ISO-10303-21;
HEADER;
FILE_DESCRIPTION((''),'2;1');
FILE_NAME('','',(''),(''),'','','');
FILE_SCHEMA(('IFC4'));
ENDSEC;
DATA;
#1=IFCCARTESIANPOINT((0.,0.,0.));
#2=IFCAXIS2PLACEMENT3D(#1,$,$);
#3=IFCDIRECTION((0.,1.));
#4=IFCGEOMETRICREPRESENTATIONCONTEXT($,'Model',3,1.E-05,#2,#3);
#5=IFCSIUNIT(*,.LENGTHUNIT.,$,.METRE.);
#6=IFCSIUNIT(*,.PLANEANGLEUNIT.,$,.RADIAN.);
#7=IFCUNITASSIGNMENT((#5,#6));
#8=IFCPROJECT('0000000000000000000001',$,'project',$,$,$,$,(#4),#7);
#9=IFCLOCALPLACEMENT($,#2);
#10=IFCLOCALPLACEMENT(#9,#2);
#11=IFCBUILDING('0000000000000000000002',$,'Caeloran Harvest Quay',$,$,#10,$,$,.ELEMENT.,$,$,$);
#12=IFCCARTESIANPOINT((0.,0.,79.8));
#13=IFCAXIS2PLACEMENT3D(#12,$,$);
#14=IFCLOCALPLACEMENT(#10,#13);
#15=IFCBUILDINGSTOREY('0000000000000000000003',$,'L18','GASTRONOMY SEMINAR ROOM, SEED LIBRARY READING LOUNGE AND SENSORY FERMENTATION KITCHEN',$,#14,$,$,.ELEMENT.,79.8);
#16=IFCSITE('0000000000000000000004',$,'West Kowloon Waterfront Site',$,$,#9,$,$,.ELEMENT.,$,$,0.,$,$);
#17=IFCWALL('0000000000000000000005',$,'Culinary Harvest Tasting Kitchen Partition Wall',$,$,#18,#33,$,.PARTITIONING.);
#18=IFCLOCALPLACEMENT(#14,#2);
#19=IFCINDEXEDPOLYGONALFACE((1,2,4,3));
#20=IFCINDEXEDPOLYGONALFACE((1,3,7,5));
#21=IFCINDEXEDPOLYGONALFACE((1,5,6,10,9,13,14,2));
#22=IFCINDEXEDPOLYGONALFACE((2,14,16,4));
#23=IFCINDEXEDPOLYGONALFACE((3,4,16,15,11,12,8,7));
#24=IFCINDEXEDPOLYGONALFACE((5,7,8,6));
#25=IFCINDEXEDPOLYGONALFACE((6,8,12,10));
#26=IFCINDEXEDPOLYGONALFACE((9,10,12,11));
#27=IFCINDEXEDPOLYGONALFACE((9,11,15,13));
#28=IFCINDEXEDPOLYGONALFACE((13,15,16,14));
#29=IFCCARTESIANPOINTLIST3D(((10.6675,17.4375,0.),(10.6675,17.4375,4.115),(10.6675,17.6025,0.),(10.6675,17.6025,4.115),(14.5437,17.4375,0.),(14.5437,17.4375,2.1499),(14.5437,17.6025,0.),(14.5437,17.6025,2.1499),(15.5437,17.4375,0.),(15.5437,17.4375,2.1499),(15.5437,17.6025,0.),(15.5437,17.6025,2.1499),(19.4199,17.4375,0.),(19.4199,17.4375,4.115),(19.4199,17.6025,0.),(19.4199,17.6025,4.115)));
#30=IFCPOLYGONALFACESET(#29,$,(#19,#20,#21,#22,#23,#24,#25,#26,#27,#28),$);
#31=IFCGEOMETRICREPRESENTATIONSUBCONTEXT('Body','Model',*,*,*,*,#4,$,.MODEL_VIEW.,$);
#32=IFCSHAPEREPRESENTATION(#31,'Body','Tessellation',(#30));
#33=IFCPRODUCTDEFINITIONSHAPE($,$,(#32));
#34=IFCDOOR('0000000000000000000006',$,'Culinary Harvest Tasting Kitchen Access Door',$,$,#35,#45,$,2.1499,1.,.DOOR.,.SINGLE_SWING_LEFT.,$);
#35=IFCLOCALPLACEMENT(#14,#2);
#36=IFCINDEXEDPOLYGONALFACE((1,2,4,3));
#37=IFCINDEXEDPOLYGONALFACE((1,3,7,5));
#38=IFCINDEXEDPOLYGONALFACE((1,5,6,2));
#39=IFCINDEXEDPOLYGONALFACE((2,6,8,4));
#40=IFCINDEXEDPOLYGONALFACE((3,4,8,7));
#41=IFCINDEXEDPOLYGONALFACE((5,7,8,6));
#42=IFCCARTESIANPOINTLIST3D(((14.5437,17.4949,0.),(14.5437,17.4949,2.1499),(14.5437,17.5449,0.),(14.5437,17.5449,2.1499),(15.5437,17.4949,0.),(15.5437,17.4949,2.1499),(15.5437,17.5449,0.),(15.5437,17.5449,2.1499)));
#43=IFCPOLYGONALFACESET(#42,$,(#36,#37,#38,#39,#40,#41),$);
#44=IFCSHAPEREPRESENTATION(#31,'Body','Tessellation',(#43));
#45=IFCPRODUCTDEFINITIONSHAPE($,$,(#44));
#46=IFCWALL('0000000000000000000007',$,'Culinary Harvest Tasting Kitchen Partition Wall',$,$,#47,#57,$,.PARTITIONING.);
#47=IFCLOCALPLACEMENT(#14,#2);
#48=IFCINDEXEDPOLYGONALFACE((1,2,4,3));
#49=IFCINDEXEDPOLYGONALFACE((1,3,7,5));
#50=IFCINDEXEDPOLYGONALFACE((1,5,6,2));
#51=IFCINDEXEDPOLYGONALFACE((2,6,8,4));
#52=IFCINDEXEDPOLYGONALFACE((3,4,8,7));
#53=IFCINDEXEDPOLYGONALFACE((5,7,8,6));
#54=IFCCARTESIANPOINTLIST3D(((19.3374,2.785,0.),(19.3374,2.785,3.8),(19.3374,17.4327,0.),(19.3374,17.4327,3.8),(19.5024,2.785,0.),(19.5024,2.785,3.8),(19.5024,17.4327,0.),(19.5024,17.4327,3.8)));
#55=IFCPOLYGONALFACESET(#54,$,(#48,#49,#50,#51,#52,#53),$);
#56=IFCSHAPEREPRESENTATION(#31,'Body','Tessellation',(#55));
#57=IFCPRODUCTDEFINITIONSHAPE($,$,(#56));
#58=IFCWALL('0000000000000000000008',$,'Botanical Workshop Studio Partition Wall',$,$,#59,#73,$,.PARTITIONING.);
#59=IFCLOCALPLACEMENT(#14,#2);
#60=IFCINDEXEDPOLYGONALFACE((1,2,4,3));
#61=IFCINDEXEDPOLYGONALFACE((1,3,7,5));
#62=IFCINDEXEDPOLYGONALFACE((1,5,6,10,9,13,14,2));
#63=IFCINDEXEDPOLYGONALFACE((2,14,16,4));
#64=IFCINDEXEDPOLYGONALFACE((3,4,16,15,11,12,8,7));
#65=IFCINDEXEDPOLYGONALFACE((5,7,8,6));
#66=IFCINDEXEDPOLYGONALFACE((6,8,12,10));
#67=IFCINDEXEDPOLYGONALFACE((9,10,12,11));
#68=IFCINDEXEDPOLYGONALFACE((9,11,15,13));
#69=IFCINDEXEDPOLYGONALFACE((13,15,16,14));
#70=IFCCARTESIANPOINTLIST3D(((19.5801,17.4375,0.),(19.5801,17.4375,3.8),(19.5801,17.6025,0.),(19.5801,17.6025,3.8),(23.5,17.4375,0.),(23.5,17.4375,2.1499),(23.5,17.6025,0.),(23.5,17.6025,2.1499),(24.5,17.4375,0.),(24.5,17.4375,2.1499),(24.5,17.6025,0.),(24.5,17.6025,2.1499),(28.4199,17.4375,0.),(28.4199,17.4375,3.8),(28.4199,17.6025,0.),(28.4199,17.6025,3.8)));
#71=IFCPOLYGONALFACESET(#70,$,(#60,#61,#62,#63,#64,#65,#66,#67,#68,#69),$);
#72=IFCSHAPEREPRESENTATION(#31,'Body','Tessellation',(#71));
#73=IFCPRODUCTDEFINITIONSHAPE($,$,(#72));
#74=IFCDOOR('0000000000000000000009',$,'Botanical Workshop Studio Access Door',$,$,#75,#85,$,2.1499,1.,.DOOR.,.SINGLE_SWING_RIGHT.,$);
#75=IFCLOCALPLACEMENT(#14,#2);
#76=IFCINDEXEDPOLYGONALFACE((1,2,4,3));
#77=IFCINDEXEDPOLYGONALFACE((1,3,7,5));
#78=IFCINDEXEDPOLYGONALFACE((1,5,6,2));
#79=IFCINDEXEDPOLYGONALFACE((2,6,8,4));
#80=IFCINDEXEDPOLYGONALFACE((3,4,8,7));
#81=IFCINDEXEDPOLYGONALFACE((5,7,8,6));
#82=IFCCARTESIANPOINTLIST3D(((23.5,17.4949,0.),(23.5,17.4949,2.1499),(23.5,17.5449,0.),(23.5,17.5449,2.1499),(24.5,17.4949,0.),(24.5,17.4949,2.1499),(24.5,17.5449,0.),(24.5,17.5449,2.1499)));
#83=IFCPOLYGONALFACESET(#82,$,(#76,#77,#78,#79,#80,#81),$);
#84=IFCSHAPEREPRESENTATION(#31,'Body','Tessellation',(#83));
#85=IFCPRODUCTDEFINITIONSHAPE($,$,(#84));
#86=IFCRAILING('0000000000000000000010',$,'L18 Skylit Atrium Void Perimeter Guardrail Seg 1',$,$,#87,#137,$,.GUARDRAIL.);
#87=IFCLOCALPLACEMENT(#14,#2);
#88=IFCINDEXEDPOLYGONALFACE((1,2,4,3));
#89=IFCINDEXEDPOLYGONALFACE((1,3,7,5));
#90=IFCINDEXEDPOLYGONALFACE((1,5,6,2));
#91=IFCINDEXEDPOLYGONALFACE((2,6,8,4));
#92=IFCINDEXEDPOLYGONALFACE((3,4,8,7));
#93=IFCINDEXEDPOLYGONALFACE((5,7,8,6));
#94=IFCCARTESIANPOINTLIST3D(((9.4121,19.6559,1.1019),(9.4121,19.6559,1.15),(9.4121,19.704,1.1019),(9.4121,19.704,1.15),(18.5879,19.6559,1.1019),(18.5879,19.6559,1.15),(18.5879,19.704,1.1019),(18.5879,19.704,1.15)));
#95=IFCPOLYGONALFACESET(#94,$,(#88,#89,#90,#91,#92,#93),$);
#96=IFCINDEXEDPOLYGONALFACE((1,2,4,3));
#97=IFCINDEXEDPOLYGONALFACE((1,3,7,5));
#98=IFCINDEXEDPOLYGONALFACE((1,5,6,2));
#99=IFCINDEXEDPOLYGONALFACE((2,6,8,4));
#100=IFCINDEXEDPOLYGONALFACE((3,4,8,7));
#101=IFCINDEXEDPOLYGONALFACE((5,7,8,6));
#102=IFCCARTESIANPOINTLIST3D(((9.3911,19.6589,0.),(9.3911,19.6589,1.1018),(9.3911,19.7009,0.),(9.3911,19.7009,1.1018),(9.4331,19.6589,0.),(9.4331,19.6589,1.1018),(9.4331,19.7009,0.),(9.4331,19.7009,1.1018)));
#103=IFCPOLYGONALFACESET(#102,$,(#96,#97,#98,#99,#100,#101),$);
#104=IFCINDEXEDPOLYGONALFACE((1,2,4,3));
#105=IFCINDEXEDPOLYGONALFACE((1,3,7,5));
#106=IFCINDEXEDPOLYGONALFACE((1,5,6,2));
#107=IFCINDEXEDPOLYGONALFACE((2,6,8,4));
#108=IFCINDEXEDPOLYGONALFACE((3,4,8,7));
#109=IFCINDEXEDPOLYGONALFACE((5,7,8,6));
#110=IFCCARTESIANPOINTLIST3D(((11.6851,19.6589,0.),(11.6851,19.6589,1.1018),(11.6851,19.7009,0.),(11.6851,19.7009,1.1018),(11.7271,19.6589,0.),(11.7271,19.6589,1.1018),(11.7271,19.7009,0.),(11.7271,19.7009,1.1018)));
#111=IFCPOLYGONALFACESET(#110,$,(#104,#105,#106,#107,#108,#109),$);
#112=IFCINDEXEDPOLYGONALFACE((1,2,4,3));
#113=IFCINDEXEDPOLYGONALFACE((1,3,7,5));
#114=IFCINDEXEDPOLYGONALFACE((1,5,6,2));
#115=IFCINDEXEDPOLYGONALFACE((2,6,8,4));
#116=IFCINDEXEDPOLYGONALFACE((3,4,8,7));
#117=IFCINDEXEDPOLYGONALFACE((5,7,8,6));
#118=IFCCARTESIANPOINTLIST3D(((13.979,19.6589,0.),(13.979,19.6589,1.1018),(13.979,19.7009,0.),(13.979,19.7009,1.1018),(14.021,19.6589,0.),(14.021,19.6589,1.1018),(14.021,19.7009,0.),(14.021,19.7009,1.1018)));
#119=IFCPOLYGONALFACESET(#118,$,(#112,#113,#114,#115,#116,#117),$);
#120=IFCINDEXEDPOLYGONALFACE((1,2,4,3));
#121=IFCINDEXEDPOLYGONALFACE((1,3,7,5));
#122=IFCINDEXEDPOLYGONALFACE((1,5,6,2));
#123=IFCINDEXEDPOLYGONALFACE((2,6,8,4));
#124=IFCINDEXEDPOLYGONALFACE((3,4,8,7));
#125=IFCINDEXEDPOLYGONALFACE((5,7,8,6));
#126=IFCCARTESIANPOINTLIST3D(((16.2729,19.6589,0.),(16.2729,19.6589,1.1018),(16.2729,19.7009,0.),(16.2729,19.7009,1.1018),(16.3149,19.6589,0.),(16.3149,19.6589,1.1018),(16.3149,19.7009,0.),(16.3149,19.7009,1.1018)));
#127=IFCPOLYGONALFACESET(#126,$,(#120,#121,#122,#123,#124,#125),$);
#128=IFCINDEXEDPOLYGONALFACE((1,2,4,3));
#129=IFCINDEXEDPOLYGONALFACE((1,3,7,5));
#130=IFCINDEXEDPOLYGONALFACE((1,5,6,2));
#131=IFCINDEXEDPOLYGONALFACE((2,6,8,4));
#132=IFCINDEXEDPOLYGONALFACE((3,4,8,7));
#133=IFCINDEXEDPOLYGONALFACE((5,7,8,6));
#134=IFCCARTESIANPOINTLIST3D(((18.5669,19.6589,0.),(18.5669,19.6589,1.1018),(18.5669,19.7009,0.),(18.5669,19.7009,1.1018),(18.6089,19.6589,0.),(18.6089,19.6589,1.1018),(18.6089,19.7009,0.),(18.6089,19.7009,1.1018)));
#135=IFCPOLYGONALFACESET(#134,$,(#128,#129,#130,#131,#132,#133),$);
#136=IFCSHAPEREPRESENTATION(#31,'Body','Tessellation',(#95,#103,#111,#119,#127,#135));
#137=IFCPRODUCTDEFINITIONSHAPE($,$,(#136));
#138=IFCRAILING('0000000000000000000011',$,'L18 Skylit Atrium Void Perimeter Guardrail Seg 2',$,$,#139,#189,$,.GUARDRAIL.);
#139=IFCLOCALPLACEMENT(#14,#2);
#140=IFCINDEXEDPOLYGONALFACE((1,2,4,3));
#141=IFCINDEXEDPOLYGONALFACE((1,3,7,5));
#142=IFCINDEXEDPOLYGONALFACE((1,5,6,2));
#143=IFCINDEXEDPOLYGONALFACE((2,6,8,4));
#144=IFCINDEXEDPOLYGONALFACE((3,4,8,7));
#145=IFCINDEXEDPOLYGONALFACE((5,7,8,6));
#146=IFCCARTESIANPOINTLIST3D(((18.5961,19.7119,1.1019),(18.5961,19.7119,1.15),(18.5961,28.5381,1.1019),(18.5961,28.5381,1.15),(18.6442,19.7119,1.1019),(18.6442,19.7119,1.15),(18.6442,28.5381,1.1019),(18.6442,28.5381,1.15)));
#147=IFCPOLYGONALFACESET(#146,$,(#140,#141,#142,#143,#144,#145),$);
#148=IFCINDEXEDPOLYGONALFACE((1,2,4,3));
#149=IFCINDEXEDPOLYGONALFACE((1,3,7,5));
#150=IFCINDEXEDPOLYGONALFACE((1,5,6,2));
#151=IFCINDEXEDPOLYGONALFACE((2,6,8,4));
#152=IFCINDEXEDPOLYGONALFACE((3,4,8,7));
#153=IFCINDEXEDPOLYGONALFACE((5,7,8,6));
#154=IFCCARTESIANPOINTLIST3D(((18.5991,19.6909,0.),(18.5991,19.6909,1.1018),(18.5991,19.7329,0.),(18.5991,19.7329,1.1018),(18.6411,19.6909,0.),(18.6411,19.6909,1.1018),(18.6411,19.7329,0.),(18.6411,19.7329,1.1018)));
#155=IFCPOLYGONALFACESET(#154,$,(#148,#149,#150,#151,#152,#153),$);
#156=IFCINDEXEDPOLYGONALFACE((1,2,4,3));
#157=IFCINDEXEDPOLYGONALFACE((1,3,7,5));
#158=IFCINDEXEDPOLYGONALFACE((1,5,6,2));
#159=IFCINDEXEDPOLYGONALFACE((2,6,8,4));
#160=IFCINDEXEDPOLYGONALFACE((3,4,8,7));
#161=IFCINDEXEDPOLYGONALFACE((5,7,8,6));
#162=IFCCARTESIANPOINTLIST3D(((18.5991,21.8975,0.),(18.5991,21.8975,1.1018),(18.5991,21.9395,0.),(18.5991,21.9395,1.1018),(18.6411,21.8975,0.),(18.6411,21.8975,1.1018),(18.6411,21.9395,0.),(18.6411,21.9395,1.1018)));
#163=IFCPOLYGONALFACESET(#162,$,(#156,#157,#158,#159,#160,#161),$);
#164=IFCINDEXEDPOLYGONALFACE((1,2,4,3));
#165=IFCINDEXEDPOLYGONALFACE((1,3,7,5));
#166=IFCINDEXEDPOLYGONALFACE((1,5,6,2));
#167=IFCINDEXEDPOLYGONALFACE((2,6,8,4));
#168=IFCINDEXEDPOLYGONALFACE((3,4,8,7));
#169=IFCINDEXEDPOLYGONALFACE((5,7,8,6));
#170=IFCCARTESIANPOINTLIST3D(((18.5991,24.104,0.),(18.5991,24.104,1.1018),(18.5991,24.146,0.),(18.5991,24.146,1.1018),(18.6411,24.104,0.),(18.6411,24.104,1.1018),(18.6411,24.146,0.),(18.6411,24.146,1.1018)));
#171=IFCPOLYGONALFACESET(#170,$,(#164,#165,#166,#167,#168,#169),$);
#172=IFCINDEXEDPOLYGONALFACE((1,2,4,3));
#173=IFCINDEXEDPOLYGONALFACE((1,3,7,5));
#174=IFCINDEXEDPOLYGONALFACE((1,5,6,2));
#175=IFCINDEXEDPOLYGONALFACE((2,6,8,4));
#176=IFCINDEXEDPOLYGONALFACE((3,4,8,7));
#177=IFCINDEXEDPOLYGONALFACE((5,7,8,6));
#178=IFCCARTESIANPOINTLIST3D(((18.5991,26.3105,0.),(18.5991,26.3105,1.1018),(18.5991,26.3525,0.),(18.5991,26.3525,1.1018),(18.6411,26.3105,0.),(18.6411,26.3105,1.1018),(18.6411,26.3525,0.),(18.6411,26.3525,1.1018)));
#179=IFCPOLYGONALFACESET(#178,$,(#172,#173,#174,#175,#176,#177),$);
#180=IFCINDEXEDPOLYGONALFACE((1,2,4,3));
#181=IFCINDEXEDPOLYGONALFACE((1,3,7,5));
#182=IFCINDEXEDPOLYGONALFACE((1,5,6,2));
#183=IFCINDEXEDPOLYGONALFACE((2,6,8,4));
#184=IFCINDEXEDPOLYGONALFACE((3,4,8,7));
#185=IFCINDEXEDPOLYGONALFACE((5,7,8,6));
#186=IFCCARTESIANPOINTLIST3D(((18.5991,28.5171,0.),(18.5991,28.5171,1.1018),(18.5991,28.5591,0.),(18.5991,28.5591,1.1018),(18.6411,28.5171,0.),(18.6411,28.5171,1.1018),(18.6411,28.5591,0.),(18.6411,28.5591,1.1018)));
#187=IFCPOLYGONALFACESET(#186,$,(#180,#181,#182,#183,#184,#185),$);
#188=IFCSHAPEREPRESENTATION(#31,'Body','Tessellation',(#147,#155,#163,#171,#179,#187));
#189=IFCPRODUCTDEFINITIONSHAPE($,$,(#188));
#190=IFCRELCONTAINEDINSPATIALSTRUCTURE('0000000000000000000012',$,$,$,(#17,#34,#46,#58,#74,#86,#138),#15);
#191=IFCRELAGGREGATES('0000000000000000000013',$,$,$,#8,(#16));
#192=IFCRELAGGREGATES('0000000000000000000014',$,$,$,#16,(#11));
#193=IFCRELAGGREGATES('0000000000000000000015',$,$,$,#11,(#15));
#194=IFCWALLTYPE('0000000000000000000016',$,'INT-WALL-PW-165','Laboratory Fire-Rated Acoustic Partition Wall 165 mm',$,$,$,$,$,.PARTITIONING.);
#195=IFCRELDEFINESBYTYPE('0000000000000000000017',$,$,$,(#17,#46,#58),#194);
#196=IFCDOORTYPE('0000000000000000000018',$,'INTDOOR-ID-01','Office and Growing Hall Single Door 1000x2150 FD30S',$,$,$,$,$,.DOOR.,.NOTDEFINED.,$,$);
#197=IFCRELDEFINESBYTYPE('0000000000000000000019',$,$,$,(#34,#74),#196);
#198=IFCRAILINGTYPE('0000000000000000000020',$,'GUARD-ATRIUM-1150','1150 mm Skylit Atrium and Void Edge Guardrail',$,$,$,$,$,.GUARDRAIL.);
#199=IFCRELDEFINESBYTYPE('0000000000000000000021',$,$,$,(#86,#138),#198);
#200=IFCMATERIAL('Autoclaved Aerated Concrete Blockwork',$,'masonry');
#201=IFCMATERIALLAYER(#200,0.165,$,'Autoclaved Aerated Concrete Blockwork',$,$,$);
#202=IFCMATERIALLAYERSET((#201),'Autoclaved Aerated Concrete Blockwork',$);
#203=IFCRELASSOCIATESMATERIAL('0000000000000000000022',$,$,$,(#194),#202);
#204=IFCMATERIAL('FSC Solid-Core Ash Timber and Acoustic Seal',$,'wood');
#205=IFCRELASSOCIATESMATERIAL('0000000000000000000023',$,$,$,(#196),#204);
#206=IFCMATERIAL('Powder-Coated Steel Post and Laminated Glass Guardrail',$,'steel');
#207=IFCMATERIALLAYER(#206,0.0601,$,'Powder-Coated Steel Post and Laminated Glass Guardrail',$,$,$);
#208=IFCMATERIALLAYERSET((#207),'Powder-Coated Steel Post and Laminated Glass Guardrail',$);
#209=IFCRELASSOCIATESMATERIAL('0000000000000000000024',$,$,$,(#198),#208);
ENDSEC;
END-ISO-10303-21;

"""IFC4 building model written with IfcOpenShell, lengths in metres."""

from ifc_helpers import new_model, si_unit, direction, frame, frame_2d, origin, origin_2d, place, context, subcontext, project, spatial, rectangle, extrude, material, layer, layer_set, type_object, element, fill, save


model = new_model("IFC4")

# Units and contexts
model_context = context("Model", 3, precision=1e-05, world=origin(), true_north=direction((0.0, 1.0)))
body_context = subcontext(model_context, "Body", "Model", "MODEL_VIEW")
ifc_project = project(units=[si_unit("LENGTHUNIT", "METRE"), si_unit("PLANEANGLEUNIT", "RADIAN")], contexts=[model_context])

# Site, building, storey
site_placement = place(None, origin())
site = spatial("IfcSite", under=ifc_project, at=site_placement, Name="West Kowloon Waterfront Site", CompositionType="ELEMENT", RefElevation=0.0)
building_placement = place(site_placement, origin())
building = spatial("IfcBuilding", under=site, at=building_placement, Name="Caeloran Harvest Quay", CompositionType="ELEMENT")
storey_placement = place(building_placement, frame((0.0, 0.0, 79.8)))
storey = spatial("IfcBuildingStorey", under=building, at=storey_placement, Name="L18", Description="GASTRONOMY SEMINAR ROOM, SEED LIBRARY READING LOUNGE AND SENSORY FERMENTATION KITCHEN", CompositionType="ELEMENT", Elevation=79.8)

# Wall, opening, door
ifc_material_1 = material(Name="Autoclaved Aerated Concrete Blockwork", Category="masonry")
ifc_layer_1 = layer(ifc_material_1, 0.165, Name="Autoclaved Aerated Concrete Blockwork")
ifc_layer_set_1 = layer_set([ifc_layer_1], Name="Autoclaved Aerated Concrete Blockwork")
wall_type_1 = type_object("IfcWallType", Name="INT-WALL-PW-165", Description="Laboratory Fire-Rated Acoustic Partition Wall 165 mm", PredefinedType="PARTITIONING", material=ifc_layer_set_1)
wall_1_placement = place(storey_placement, frame((10.6675, 17.52, 0.0), z_axis=(0.0, 0.0, 1.0), x_axis=(1.0, 0.0, 0.0)))
wall_1 = element("IfcWall", 1, at=wall_1_placement, inside=storey, type_object=wall_type_1, Name="Culinary Harvest Tasting Kitchen Partition Wall", PredefinedType="PARTITIONING", context=body_context, shape_type="SweptSolid", body=[
    extrude(rectangle(XDim=8.7524, YDim=0.165, at=frame_2d((4.3762, 0.0))), origin(), (0.0, 0.0, 1.0), 4.115),
])
opening_1_placement = place(wall_1_placement, frame((3.8762, 0.0, 0.0)))
opening_1 = element("IfcOpeningElement", 2, at=opening_1_placement, cuts=wall_1, PredefinedType="OPENING", context=body_context, shape_type="SweptSolid", body=[
    extrude(rectangle(XDim=1.0, YDim=2.1499, at=frame_2d((0.5, 1.075))), frame((0.0, 0.0925, 0.0), z_axis=(0.0, -1.0, 0.0), x_axis=(1.0, 0.0, 0.0)), (0.0, 0.0, 1.0), 0.1851),
])
ifc_material_2 = material(Name="FSC Solid-Core Ash Timber and Acoustic Seal", Category="wood")
door_type_1 = type_object("IfcDoorType", Name="INTDOOR-ID-01", Description="Office and Growing Hall Single Door 1000x2150 FD30S", OperationType="NOTDEFINED", PredefinedType="DOOR", material=ifc_material_2)
door_1_placement = place(opening_1_placement, origin())
door_1 = element("IfcDoor", 3, at=door_1_placement, inside=storey, type_object=door_type_1, Name="Culinary Harvest Tasting Kitchen Access Door", OperationType="SINGLE_SWING_LEFT", OverallHeight=2.1499, OverallWidth=1.0, PredefinedType="DOOR", context=body_context, shape_type="SweptSolid", body=[
    extrude(rectangle(XDim=1.0, YDim=2.1499, at=frame_2d((0.5, 1.075))), frame((0.0, 0.0249, 0.0), z_axis=(0.0, -1.0, 0.0), x_axis=(1.0, 0.0, 0.0)), (0.0, 0.0, 1.0), 0.05),
])
fill(opening_1, door_1)

# Wall
wall_2_placement = place(storey_placement, frame((19.4199, 17.4326, 0.0), z_axis=(0.0, 0.0, 1.0), x_axis=(0.0, -1.0, 0.0)))
element("IfcWall", 4, at=wall_2_placement, inside=storey, type_object=wall_type_1, Name="Culinary Harvest Tasting Kitchen Partition Wall", PredefinedType="PARTITIONING", context=body_context, shape_type="SweptSolid", body=[
    extrude(rectangle(XDim=14.6477, YDim=0.165, at=frame_2d((7.3237, 0.0))), origin(), (0.0, 0.0, 1.0), 3.8),
])

# Wall, opening, door
wall_3_placement = place(storey_placement, frame((19.5801, 17.52, 0.0), z_axis=(0.0, 0.0, 1.0), x_axis=(1.0, 0.0, 0.0)))
wall_3 = element("IfcWall", 5, at=wall_3_placement, inside=storey, type_object=wall_type_1, Name="Botanical Workshop Studio Partition Wall", PredefinedType="PARTITIONING", context=body_context, shape_type="SweptSolid", body=[
    extrude(rectangle(XDim=8.8398, YDim=0.165, at=frame_2d((4.4199, 0.0))), origin(), (0.0, 0.0, 1.0), 3.8),
])
opening_2_placement = place(wall_3_placement, frame((3.9199, 0.0, 0.0)))
opening_2 = element("IfcOpeningElement", 6, at=opening_2_placement, cuts=wall_3, PredefinedType="OPENING", context=body_context, shape_type="SweptSolid", body=[
    extrude(rectangle(XDim=1.0, YDim=2.1499, at=frame_2d((0.5, 1.075))), frame((0.0, 0.0925, 0.0), z_axis=(0.0, -1.0, 0.0), x_axis=(1.0, 0.0, 0.0)), (0.0, 0.0, 1.0), 0.1851),
])
door_2_placement = place(opening_2_placement, origin())
door_2 = element("IfcDoor", 7, at=door_2_placement, inside=storey, type_object=door_type_1, Name="Botanical Workshop Studio Access Door", OperationType="SINGLE_SWING_RIGHT", OverallHeight=2.1499, OverallWidth=1.0, PredefinedType="DOOR", context=body_context, shape_type="SweptSolid", body=[
    extrude(rectangle(XDim=1.0, YDim=2.1499, at=frame_2d((0.5, 1.075))), frame((0.0, 0.0249, 0.0), z_axis=(0.0, -1.0, 0.0), x_axis=(1.0, 0.0, 0.0)), (0.0, 0.0, 1.0), 0.05),
])
fill(opening_2, door_2)

# Railings
ifc_material_3 = material(Name="Powder-Coated Steel Post and Laminated Glass Guardrail", Category="steel")
ifc_layer_2 = layer(ifc_material_3, 0.0601, Name="Powder-Coated Steel Post and Laminated Glass Guardrail")
ifc_layer_set_2 = layer_set([ifc_layer_2], Name="Powder-Coated Steel Post and Laminated Glass Guardrail")
railing_type = type_object("IfcRailingType", Name="GUARD-ATRIUM-1150", Description="1150 mm Skylit Atrium and Void Edge Guardrail", PredefinedType="GUARDRAIL", material=ifc_layer_set_2)
railing_1_placement = place(storey_placement, frame((9.4121, 19.6799, 0.0)))
element("IfcRailing", 8, at=railing_1_placement, inside=storey, type_object=railing_type, Name="L18 Skylit Atrium Void Perimeter Guardrail Seg 1", PredefinedType="GUARDRAIL", context=body_context, shape_type="SweptSolid", body=[
    extrude(rectangle(XDim=0.0481, YDim=0.0481, at=origin_2d()), frame((0.0, 0.0, 1.126), z_axis=(1.0, 0.0, 0.0), x_axis=(0.0, 1.0, 0.0)), (0.0, 0.0, 1.0), 9.1758),
    extrude(rectangle(XDim=0.042, YDim=0.042, at=origin_2d()), origin(), (0.0, 0.0, 1.0), 1.1018),
    extrude(rectangle(XDim=0.042, YDim=0.042, at=origin_2d()), frame((2.2939, 0.0, 0.0)), (0.0, 0.0, 1.0), 1.1018),
    extrude(rectangle(XDim=0.042, YDim=0.042, at=origin_2d()), frame((4.5879, 0.0, 0.0)), (0.0, 0.0, 1.0), 1.1018),
    extrude(rectangle(XDim=0.042, YDim=0.042, at=origin_2d()), frame((6.8818, 0.0, 0.0)), (0.0, 0.0, 1.0), 1.1018),
    extrude(rectangle(XDim=0.042, YDim=0.042, at=origin_2d()), frame((9.1758, 0.0, 0.0)), (0.0, 0.0, 1.0), 1.1018),
])
railing_2_placement = place(storey_placement, frame((18.6201, 19.7119, 0.0)))
element("IfcRailing", 9, at=railing_2_placement, inside=storey, type_object=railing_type, Name="L18 Skylit Atrium Void Perimeter Guardrail Seg 2", PredefinedType="GUARDRAIL", context=body_context, shape_type="SweptSolid", body=[
    extrude(rectangle(XDim=0.0481, YDim=0.0481, at=origin_2d()), frame((0.0, 0.0, 1.126), z_axis=(0.0, 1.0, 0.0), x_axis=(-1.0, 0.0, 0.0)), (0.0, 0.0, 1.0), 8.8262),
    extrude(rectangle(XDim=0.042, YDim=0.042, at=origin_2d()), origin(), (0.0, 0.0, 1.0), 1.1018),
    extrude(rectangle(XDim=0.042, YDim=0.042, at=origin_2d()), frame((0.0, 2.2065, 0.0)), (0.0, 0.0, 1.0), 1.1018),
    extrude(rectangle(XDim=0.042, YDim=0.042, at=origin_2d()), frame((0.0, 4.4131, 0.0)), (0.0, 0.0, 1.0), 1.1018),
    extrude(rectangle(XDim=0.042, YDim=0.042, at=origin_2d()), frame((0.0, 6.6196, 0.0)), (0.0, 0.0, 1.0), 1.1018),
    extrude(rectangle(XDim=0.042, YDim=0.042, at=origin_2d()), frame((0.0, 8.8262, 0.0)), (0.0, 0.0, 1.0), 1.1018),
])

save(model, "model.ifc")
